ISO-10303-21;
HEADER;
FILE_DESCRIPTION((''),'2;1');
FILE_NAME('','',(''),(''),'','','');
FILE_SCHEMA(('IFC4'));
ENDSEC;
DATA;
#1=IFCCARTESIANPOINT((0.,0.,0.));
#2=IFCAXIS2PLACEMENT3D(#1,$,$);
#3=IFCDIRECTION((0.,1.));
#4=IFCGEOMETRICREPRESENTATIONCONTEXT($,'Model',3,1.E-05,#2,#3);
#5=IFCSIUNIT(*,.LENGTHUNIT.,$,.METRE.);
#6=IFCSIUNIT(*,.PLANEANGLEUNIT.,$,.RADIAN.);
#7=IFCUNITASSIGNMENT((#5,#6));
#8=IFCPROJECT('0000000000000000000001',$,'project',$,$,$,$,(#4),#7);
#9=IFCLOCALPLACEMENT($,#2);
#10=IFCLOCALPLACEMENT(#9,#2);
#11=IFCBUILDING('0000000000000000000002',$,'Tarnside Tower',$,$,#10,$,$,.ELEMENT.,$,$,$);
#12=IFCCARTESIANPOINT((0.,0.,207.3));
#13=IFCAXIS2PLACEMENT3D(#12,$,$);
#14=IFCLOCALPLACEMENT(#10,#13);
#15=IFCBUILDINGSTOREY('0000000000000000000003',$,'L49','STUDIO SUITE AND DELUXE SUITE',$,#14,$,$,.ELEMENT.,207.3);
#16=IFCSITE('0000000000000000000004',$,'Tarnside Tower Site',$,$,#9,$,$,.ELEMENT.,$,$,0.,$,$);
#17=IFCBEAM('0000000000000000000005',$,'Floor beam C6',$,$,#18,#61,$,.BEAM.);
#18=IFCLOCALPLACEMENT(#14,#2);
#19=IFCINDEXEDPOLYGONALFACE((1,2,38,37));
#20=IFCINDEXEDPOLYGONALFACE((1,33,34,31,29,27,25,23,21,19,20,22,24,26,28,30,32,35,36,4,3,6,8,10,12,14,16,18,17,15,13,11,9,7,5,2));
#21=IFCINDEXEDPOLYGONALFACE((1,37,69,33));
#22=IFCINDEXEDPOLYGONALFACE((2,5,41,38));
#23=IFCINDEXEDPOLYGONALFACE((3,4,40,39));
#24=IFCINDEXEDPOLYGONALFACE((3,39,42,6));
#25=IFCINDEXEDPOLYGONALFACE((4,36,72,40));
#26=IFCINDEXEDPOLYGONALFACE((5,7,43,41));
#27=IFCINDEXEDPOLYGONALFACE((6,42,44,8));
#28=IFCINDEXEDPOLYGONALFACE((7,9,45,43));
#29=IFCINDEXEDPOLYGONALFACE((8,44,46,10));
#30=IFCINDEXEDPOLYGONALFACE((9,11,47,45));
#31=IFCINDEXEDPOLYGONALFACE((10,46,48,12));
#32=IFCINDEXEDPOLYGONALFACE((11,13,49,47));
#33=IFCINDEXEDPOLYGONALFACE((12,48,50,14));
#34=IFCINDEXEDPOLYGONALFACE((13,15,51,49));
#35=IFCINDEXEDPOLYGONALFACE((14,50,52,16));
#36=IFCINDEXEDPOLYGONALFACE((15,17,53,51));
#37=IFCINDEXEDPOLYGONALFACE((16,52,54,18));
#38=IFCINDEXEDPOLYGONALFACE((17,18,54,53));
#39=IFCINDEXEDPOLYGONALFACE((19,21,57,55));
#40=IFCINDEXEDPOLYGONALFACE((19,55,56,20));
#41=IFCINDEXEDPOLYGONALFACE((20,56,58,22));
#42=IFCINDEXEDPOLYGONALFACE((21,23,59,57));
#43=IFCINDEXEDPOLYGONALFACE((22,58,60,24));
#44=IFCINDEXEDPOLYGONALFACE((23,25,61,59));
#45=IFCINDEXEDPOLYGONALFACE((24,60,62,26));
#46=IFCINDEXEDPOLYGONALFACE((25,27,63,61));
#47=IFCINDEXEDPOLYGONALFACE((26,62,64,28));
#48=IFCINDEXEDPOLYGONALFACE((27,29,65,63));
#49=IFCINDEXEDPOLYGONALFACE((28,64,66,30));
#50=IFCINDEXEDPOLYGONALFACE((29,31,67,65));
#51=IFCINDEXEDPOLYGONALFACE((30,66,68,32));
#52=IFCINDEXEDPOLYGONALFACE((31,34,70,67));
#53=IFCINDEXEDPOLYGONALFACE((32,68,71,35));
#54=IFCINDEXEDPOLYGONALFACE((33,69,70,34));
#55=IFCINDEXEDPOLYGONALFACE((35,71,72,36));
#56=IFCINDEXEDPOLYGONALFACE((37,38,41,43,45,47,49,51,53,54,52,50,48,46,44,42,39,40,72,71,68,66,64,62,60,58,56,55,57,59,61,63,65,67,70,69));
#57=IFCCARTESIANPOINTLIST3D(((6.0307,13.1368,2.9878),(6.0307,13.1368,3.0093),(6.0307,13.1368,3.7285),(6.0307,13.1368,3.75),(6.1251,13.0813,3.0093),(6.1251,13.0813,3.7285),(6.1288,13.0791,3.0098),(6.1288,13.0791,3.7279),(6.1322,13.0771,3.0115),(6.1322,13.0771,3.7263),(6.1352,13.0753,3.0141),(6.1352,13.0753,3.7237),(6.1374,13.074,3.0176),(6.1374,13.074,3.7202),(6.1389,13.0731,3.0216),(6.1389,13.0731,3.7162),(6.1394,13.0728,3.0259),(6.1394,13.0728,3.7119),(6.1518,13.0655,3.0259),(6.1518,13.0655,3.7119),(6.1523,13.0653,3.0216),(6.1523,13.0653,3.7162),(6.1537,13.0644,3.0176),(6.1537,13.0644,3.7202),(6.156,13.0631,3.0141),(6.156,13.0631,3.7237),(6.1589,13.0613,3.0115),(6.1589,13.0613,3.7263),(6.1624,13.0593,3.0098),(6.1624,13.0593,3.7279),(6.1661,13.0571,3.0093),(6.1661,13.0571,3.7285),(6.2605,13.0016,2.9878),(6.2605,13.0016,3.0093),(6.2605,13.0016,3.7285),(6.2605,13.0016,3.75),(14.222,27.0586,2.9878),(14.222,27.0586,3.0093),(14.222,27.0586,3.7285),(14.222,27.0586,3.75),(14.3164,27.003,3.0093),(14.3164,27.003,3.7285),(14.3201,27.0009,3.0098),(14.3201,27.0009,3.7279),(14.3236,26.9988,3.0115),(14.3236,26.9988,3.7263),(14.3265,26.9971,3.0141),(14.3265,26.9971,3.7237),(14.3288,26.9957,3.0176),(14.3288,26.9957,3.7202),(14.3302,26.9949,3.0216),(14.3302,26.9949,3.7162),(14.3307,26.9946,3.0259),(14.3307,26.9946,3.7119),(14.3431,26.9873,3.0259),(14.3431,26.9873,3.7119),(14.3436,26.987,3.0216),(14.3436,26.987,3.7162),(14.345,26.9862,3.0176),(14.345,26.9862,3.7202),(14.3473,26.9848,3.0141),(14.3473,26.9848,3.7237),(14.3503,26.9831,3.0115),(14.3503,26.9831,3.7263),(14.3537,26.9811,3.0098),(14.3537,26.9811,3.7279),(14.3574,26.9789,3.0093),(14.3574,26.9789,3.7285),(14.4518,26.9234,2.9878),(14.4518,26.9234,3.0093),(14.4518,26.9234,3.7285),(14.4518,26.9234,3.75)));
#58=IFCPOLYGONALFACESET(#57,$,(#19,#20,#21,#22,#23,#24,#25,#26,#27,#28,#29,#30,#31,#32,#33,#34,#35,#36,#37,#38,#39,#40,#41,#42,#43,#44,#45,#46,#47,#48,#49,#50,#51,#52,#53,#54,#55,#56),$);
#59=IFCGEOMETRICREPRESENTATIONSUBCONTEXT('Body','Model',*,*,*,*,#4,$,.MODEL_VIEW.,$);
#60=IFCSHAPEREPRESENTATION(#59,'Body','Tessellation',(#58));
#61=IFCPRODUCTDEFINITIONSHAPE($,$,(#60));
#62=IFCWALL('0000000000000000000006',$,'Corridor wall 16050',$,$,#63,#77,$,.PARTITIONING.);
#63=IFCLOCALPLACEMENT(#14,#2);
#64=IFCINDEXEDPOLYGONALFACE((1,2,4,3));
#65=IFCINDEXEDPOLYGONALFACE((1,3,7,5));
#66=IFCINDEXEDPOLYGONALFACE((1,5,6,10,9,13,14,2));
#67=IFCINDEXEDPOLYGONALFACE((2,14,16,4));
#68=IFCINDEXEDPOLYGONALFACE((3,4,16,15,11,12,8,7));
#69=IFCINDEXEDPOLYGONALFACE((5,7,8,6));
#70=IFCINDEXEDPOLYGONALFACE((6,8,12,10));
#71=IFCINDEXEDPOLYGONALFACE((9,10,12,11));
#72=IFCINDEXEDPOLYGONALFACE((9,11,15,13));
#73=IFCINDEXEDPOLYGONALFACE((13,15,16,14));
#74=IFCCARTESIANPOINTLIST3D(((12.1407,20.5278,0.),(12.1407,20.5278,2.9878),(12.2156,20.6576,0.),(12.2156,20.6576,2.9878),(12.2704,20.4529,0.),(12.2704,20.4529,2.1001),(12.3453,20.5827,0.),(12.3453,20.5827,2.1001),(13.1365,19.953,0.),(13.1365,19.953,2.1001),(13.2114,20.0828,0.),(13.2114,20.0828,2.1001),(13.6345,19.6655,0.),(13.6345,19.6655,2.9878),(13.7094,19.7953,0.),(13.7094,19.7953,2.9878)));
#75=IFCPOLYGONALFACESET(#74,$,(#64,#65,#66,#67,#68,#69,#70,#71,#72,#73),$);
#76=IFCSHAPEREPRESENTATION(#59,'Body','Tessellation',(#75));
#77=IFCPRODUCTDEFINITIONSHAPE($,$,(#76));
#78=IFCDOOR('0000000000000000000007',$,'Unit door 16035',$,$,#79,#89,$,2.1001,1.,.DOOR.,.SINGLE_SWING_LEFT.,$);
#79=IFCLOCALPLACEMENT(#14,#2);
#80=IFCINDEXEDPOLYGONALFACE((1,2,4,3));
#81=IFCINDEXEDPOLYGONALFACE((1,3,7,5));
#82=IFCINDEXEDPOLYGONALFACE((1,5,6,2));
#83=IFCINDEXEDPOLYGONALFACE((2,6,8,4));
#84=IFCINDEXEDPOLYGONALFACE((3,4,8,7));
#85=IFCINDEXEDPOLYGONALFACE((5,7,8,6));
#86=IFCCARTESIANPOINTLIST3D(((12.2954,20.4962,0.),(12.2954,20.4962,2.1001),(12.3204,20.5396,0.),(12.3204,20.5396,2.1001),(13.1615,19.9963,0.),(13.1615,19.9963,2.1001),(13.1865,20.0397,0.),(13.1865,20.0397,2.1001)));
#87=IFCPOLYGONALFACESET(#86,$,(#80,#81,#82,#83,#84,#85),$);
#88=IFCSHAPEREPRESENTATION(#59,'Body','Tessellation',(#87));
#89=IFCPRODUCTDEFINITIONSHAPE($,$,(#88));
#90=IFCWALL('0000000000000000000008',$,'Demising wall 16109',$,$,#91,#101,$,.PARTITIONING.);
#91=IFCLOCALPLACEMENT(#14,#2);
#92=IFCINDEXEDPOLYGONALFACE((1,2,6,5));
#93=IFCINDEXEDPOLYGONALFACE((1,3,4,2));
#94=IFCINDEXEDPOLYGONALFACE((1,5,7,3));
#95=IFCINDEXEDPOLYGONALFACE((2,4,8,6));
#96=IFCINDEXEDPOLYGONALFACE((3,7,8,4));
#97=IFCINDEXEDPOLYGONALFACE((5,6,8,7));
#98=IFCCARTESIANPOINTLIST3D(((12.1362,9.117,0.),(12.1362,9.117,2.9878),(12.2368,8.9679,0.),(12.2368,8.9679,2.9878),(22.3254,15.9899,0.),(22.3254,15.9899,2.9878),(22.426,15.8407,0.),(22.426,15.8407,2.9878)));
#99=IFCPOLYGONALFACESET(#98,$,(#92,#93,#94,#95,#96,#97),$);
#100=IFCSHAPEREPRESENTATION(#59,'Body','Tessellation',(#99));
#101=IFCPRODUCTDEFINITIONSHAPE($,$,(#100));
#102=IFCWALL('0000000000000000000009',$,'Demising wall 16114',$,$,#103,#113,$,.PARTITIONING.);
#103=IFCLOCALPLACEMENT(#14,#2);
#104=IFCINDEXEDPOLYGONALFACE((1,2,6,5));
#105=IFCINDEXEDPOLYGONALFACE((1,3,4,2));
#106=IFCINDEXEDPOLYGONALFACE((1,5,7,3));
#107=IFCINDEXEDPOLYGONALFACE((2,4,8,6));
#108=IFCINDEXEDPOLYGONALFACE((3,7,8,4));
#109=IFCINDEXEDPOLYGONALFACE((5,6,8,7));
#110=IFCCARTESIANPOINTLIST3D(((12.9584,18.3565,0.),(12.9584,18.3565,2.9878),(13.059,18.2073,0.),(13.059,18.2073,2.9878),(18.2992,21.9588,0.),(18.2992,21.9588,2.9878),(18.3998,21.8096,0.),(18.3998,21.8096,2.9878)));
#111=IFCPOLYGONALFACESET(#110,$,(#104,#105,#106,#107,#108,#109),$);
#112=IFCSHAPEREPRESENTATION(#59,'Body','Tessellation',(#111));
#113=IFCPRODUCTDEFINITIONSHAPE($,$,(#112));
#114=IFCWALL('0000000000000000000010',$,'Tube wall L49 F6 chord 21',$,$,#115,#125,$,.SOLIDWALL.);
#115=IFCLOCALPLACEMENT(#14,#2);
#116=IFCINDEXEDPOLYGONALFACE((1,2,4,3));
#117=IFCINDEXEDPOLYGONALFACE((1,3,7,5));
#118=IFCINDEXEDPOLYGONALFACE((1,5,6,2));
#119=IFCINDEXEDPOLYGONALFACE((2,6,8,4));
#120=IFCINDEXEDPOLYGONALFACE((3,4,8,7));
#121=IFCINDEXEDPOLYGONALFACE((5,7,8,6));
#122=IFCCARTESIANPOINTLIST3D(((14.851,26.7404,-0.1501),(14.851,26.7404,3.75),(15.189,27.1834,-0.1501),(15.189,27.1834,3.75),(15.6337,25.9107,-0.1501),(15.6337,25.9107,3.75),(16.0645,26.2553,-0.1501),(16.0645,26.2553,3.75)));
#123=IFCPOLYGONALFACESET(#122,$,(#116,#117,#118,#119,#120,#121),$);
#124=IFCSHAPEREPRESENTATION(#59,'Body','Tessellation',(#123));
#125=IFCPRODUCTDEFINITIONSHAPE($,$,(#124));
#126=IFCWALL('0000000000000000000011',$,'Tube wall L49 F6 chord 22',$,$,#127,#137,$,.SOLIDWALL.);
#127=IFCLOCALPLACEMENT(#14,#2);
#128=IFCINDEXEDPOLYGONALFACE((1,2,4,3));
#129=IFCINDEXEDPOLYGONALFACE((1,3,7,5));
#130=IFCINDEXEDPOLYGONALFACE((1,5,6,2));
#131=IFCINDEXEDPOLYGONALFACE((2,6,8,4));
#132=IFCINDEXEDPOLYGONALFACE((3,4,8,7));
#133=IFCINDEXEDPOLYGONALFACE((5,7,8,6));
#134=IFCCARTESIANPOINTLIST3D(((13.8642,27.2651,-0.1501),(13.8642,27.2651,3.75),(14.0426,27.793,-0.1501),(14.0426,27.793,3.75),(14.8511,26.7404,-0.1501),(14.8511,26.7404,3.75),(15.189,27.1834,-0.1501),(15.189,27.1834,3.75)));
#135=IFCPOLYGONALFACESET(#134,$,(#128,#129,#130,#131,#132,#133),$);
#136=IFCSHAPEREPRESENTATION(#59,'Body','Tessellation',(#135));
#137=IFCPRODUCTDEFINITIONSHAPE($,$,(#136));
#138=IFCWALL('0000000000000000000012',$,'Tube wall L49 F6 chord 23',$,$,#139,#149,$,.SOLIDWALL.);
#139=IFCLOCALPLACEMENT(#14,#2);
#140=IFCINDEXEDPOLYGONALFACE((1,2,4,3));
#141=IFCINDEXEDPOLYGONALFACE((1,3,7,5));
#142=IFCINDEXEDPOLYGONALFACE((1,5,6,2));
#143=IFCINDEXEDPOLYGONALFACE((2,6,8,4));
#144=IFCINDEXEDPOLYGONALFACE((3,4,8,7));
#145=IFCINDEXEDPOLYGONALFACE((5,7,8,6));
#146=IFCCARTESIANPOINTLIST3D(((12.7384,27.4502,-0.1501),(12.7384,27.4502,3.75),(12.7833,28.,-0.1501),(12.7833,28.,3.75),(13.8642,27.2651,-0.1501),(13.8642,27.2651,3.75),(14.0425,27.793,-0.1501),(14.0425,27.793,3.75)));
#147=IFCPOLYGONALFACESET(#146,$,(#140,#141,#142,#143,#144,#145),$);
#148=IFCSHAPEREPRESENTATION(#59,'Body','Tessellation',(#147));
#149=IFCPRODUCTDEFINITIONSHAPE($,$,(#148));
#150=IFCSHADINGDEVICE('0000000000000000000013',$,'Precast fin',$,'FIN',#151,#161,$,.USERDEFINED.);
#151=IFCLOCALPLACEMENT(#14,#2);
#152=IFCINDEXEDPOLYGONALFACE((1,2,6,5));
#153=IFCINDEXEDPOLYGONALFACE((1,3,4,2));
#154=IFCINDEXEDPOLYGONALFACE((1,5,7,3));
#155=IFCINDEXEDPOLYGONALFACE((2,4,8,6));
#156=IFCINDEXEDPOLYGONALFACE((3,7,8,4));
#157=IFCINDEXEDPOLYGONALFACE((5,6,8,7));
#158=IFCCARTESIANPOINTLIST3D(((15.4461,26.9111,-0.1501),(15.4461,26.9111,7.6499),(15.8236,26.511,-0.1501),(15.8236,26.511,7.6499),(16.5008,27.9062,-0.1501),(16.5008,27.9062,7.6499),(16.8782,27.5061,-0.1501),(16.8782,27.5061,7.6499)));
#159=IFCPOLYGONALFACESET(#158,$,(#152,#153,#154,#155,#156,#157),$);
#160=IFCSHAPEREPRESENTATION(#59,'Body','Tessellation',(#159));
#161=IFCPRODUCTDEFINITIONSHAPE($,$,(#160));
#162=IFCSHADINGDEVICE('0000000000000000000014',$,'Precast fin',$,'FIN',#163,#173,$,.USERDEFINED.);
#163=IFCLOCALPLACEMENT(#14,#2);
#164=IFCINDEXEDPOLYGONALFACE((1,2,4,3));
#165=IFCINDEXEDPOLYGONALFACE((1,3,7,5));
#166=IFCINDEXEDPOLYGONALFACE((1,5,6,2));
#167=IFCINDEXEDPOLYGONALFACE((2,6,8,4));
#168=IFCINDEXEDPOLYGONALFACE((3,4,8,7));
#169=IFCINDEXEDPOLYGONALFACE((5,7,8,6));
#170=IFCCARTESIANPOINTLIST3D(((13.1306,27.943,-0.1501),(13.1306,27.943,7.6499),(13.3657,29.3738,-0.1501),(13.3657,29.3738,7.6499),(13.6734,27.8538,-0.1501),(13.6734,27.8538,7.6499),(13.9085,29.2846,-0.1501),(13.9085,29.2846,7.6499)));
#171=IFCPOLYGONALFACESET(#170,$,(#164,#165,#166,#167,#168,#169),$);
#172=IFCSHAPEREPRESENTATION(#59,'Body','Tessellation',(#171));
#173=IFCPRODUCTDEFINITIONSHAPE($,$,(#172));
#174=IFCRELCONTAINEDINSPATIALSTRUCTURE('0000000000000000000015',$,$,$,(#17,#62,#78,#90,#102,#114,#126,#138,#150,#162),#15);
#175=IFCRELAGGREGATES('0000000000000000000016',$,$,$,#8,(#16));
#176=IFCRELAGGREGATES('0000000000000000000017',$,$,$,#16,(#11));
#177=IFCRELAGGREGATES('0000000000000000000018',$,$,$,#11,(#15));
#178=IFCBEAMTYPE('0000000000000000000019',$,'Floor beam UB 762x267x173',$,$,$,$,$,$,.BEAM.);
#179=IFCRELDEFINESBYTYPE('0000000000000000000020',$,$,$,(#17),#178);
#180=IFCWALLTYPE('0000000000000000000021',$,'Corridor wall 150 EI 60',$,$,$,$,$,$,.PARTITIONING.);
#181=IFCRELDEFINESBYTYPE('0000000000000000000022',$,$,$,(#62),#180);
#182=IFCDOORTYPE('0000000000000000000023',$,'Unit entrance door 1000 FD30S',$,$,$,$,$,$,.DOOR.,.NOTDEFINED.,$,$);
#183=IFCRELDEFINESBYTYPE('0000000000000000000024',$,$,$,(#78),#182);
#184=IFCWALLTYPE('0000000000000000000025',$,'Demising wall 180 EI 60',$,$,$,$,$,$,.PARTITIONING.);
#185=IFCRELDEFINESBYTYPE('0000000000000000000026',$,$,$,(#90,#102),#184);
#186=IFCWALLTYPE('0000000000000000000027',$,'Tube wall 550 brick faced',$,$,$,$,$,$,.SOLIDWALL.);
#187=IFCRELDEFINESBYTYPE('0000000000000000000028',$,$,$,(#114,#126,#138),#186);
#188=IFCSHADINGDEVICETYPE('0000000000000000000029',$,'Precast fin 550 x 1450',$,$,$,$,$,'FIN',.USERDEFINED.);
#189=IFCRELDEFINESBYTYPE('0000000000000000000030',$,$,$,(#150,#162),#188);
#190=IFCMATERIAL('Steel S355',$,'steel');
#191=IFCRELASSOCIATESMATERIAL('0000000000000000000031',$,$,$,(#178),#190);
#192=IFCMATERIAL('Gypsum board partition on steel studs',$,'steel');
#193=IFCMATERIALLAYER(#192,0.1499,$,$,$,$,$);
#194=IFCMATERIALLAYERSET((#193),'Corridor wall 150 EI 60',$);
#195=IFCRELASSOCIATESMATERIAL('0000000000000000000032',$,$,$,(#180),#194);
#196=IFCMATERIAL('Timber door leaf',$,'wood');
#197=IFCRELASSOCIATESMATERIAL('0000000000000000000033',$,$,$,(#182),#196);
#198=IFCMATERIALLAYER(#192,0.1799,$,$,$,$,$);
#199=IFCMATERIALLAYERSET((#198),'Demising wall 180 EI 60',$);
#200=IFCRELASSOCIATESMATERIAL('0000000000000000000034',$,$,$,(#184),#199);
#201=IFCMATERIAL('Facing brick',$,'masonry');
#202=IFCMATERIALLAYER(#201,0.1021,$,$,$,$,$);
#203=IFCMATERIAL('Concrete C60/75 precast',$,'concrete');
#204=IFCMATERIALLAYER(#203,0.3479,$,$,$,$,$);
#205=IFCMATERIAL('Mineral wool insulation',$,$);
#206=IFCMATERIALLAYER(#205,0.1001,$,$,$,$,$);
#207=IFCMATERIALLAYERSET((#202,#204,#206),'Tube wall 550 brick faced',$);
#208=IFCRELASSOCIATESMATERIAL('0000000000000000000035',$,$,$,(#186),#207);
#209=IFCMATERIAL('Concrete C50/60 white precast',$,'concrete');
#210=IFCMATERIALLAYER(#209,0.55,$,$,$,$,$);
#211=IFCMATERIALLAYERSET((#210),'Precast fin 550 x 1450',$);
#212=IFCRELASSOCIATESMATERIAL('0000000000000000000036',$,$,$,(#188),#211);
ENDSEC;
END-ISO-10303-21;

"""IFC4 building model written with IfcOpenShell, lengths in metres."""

from ifc_helpers import new_model, si_unit, direction, frame, frame_2d, origin, origin_2d, place, context, subcontext, project, spatial, polyline, rectangle, i_section, outline, extrude, material, layer, layer_set, material_profile, profile_set, type_object, element, fill, save


model = new_model("IFC4")

# Units and contexts
model_context = context("Model", 3, precision=1e-05, world=origin(), true_north=direction((0.0, 1.0)))
body_context = subcontext(model_context, "Body", "Model", "MODEL_VIEW")
ifc_project = project(units=[si_unit("LENGTHUNIT", "METRE"), si_unit("PLANEANGLEUNIT", "RADIAN")], contexts=[model_context])

# Site, building, storey
site_placement = place(None, origin())
site = spatial("IfcSite", under=ifc_project, at=site_placement, Name="Tarnside Tower Site", CompositionType="ELEMENT", RefElevation=0.0)
building_placement = place(site_placement, origin())
building = spatial("IfcBuilding", under=site, at=building_placement, Name="Tarnside Tower", CompositionType="ELEMENT")
storey_placement = place(building_placement, frame((0.0, 0.0, 207.3)))
storey = spatial("IfcBuildingStorey", under=building, at=storey_placement, Name="L49", Description="STUDIO SUITE AND DELUXE SUITE", CompositionType="ELEMENT", Elevation=207.3)

# Beam
ifc_material_1 = material(Name="Steel S355", Category="steel")
ifc_material_profile_1 = material_profile(ifc_material_1, i_section(OverallWidth=0.2666, OverallDepth=0.7622, WebThickness=0.0144, FlangeThickness=0.0215, FilletRadius=0.0166, at=origin_2d()), Name="UB 762x267x173")
ifc_profile_set_1 = profile_set([ifc_material_profile_1], Name="Steel S355")
beam_type_1 = type_object("IfcBeamType", Name="Floor beam UB 762x267x173", PredefinedType="BEAM", material=ifc_profile_set_1)
beam_1_placement = place(storey_placement, frame((14.3369, 26.991, 3.3689), z_axis=(-0.507115, -0.861878, 0.0), x_axis=(0.861878, -0.507115, 0.0)))
element("IfcBeam", 1, at=beam_1_placement, inside=storey, type_object=beam_type_1, Name="Floor beam C6", PredefinedType="BEAM", context=body_context, shape_type="SweptSolid", body=[
    extrude(i_section(OverallWidth=0.2666, OverallDepth=0.7622, WebThickness=0.0144, FlangeThickness=0.0215, FilletRadius=0.0166, at=origin_2d()), origin(), (0.0, 0.0, 1.0), 16.1528),
])

# Wall, opening, door
ifc_material_2 = material(Name="Gypsum board partition on steel studs", Category="steel")
ifc_layer_1 = layer(ifc_material_2, 0.1499)
ifc_layer_set_1 = layer_set([ifc_layer_1], Name="Corridor wall 150 EI 60")
wall_type_1 = type_object("IfcWallType", Name="Corridor wall 150 EI 60", PredefinedType="PARTITIONING", material=ifc_layer_set_1)
wall_1_placement = place(storey_placement, frame((13.6719, 19.7305, 0.0), z_axis=(0.0, 0.0, 1.0), x_axis=(-0.866075, 0.499914, 0.0)))
wall_1 = element("IfcWall", 2, at=wall_1_placement, inside=storey, type_object=wall_type_1, Name="Corridor wall 16050", PredefinedType="PARTITIONING", context=body_context, shape_type="SweptSolid", body=[
    extrude(rectangle(XDim=1.7249, YDim=0.1499, at=frame_2d((0.8623, 0.0))), origin(), (0.0, 0.0, 1.0), 2.9878),
])
opening_placement = place(wall_1_placement, frame((0.575, 0.0, 0.0)))
opening = element("IfcOpeningElement", 3, at=opening_placement, cuts=wall_1, PredefinedType="OPENING", context=body_context, shape_type="SweptSolid", body=[
    extrude(rectangle(XDim=1.0, YDim=2.1001, at=frame_2d((0.5, 1.05))), frame((0.0, 0.085, 0.0), z_axis=(0.0, -1.0, 0.0), x_axis=(1.0, 0.0, 0.0)), (0.0, 0.0, 1.0), 0.1699),
])
ifc_material_3 = material(Name="Timber door leaf", Category="wood")
door_type = type_object("IfcDoorType", Name="Unit entrance door 1000 FD30S", OperationType="NOTDEFINED", PredefinedType="DOOR", material=ifc_material_3)
door_placement = place(opening_placement, origin())
door = element("IfcDoor", 4, at=door_placement, inside=storey, type_object=door_type, Name="Unit door 16035", OperationType="SINGLE_SWING_LEFT", OverallHeight=2.1001, OverallWidth=1.0, PredefinedType="DOOR", context=body_context, shape_type="SweptSolid", body=[
    extrude(rectangle(XDim=1.0, YDim=2.1001, at=frame_2d((0.5, 1.05))), frame((0.0, 0.0249, 0.0), z_axis=(0.0, -1.0, 0.0), x_axis=(1.0, 0.0, 0.0)), (0.0, 0.0, 1.0), 0.05),
])
fill(opening, door)

# Walls
ifc_layer_2 = layer(ifc_material_2, 0.1799)
ifc_layer_set_2 = layer_set([ifc_layer_2], Name="Demising wall 180 EI 60")
wall_type_2 = type_object("IfcWallType", Name="Demising wall 180 EI 60", PredefinedType="PARTITIONING", material=ifc_layer_set_2)
wall_2_placement = place(storey_placement, frame((22.3757, 15.9153, 0.0), z_axis=(0.0, 0.0, 1.0), x_axis=(-0.829034, -0.559198, 0.0)))
element("IfcWall", 5, at=wall_2_placement, inside=storey, type_object=wall_type_2, Name="Demising wall 16109", PredefinedType="PARTITIONING", context=body_context, shape_type="SweptSolid", body=[
    extrude(rectangle(XDim=12.2905, YDim=0.1799, at=frame_2d((6.1453, 0.0))), origin(), (0.0, 0.0, 1.0), 2.9878),
])
wall_3_placement = place(storey_placement, frame((18.3496, 21.8843, 0.0), z_axis=(0.0, 0.0, 1.0), x_axis=(-0.829047, -0.559179, 0.0)))
element("IfcWall", 6, at=wall_3_placement, inside=storey, type_object=wall_type_2, Name="Demising wall 16114", PredefinedType="PARTITIONING", context=body_context, shape_type="SweptSolid", body=[
    extrude(rectangle(XDim=6.4421, YDim=0.1799, at=frame_2d((3.2212, 0.0))), origin(), (0.0, 0.0, 1.0), 2.9878),
])
ifc_material_4 = material(Name="Facing brick", Category="masonry")
ifc_layer_3 = layer(ifc_material_4, 0.1021)
ifc_material_5 = material(Name="Concrete C60/75 precast", Category="concrete")
ifc_layer_4 = layer(ifc_material_5, 0.3479)
ifc_material_6 = material(Name="Mineral wool insulation")
ifc_layer_5 = layer(ifc_material_6, 0.1001)
ifc_layer_set_3 = layer_set([ifc_layer_3, ifc_layer_4, ifc_layer_5], Name="Tube wall 550 brick faced")
wall_type_3 = type_object("IfcWallType", Name="Tube wall 550 brick faced", PredefinedType="SOLIDWALL", material=ifc_layer_set_3)
wall_4_placement = place(storey_placement, frame((15.8491, 26.083, -0.1501), z_axis=(0.0, 0.0, 1.0), x_axis=(-0.686196, 0.727416, 0.0)))
element("IfcWall", 7, at=wall_4_placement, inside=storey, type_object=wall_type_3, Name="Tube wall L49 F6 chord 21", PredefinedType="SOLIDWALL", context=body_context, shape_type="SweptSolid", body=[
    extrude(outline(polyline([(-0.0225, -0.2749), (1.2534, -0.2749), (1.1631, 0.2749), (0.0225, 0.2749), (-0.0225, -0.2749)])), origin(), (0.0, 0.0, 1.0), 3.9001),
])
wall_5_placement = place(storey_placement, frame((15.02, 26.9619, -0.1501), z_axis=(0.0, 0.0, 1.0), x_axis=(-0.882951, 0.469465, 0.0)))
element("IfcWall", 8, at=wall_5_placement, inside=storey, type_object=wall_type_3, Name="Tube wall L49 F6 chord 22", PredefinedType="SOLIDWALL", context=body_context, shape_type="SweptSolid", body=[
    extrude(outline(polyline([(-0.0452, -0.2749), (1.2532, -0.2749), (1.1628, 0.2749), (0.0452, 0.2749), (-0.0452, -0.2749)])), origin(), (0.0, 0.0, 1.0), 3.9001),
])
wall_6_placement = place(storey_placement, frame((13.9534, 27.5291, -0.1501), z_axis=(0.0, 0.0, 1.0), x_axis=(-0.986752, 0.162236, 0.0)))
element("IfcWall", 9, at=wall_6_placement, inside=storey, type_object=wall_type_3, Name="Tube wall L49 F6 chord 23", PredefinedType="SOLIDWALL", context=body_context, shape_type="SweptSolid", body=[
    extrude(outline(polyline([(-0.0452, -0.2749), (1.231, -0.2749), (1.186, 0.2749), (0.0452, 0.2749), (-0.0452, -0.2749)])), origin(), (0.0, 0.0, 1.0), 3.9001),
])

# Shading devices
ifc_material_7 = material(Name="Concrete C50/60 white precast", Category="concrete")
ifc_layer_6 = layer(ifc_material_7, 0.55)
ifc_layer_set_4 = layer_set([ifc_layer_6], Name="Precast fin 550 x 1450")
shading_device_type_1 = type_object("IfcShadingDeviceType", Name="Precast fin 550 x 1450", ElementType="FIN", PredefinedType="USERDEFINED", material=ifc_layer_set_4)
for number, where, z_axis, x_axis, name in (
    (10, (15.6348, 26.7112, -0.1501), (0.686242, -0.727374, 0.0), (0.727374, 0.686242, 0.0), "Precast fin"),
    (11, (13.4019, 27.8984, -0.1501), (0.986762, -0.162178, 0.0), (0.162178, 0.986762, 0.0), "Precast fin"),
):
    element("IfcShadingDevice", number, at=place(storey_placement, frame(where, z_axis=z_axis, x_axis=x_axis)), inside=storey, type_object=shading_device_type_1, Name=name, ObjectType="FIN", PredefinedType="USERDEFINED", context=body_context, shape_type="SweptSolid", body=[
        extrude(outline(polyline([(0.0, 0.0), (1.45, 0.0), (1.45, 7.8), (0.0, 7.8), (0.0, 0.0)])), frame((0.0, 0.0, -0.2749)), (0.0, 0.0, 1.0), 0.55),
    ])

save(model, "model.ifc")
